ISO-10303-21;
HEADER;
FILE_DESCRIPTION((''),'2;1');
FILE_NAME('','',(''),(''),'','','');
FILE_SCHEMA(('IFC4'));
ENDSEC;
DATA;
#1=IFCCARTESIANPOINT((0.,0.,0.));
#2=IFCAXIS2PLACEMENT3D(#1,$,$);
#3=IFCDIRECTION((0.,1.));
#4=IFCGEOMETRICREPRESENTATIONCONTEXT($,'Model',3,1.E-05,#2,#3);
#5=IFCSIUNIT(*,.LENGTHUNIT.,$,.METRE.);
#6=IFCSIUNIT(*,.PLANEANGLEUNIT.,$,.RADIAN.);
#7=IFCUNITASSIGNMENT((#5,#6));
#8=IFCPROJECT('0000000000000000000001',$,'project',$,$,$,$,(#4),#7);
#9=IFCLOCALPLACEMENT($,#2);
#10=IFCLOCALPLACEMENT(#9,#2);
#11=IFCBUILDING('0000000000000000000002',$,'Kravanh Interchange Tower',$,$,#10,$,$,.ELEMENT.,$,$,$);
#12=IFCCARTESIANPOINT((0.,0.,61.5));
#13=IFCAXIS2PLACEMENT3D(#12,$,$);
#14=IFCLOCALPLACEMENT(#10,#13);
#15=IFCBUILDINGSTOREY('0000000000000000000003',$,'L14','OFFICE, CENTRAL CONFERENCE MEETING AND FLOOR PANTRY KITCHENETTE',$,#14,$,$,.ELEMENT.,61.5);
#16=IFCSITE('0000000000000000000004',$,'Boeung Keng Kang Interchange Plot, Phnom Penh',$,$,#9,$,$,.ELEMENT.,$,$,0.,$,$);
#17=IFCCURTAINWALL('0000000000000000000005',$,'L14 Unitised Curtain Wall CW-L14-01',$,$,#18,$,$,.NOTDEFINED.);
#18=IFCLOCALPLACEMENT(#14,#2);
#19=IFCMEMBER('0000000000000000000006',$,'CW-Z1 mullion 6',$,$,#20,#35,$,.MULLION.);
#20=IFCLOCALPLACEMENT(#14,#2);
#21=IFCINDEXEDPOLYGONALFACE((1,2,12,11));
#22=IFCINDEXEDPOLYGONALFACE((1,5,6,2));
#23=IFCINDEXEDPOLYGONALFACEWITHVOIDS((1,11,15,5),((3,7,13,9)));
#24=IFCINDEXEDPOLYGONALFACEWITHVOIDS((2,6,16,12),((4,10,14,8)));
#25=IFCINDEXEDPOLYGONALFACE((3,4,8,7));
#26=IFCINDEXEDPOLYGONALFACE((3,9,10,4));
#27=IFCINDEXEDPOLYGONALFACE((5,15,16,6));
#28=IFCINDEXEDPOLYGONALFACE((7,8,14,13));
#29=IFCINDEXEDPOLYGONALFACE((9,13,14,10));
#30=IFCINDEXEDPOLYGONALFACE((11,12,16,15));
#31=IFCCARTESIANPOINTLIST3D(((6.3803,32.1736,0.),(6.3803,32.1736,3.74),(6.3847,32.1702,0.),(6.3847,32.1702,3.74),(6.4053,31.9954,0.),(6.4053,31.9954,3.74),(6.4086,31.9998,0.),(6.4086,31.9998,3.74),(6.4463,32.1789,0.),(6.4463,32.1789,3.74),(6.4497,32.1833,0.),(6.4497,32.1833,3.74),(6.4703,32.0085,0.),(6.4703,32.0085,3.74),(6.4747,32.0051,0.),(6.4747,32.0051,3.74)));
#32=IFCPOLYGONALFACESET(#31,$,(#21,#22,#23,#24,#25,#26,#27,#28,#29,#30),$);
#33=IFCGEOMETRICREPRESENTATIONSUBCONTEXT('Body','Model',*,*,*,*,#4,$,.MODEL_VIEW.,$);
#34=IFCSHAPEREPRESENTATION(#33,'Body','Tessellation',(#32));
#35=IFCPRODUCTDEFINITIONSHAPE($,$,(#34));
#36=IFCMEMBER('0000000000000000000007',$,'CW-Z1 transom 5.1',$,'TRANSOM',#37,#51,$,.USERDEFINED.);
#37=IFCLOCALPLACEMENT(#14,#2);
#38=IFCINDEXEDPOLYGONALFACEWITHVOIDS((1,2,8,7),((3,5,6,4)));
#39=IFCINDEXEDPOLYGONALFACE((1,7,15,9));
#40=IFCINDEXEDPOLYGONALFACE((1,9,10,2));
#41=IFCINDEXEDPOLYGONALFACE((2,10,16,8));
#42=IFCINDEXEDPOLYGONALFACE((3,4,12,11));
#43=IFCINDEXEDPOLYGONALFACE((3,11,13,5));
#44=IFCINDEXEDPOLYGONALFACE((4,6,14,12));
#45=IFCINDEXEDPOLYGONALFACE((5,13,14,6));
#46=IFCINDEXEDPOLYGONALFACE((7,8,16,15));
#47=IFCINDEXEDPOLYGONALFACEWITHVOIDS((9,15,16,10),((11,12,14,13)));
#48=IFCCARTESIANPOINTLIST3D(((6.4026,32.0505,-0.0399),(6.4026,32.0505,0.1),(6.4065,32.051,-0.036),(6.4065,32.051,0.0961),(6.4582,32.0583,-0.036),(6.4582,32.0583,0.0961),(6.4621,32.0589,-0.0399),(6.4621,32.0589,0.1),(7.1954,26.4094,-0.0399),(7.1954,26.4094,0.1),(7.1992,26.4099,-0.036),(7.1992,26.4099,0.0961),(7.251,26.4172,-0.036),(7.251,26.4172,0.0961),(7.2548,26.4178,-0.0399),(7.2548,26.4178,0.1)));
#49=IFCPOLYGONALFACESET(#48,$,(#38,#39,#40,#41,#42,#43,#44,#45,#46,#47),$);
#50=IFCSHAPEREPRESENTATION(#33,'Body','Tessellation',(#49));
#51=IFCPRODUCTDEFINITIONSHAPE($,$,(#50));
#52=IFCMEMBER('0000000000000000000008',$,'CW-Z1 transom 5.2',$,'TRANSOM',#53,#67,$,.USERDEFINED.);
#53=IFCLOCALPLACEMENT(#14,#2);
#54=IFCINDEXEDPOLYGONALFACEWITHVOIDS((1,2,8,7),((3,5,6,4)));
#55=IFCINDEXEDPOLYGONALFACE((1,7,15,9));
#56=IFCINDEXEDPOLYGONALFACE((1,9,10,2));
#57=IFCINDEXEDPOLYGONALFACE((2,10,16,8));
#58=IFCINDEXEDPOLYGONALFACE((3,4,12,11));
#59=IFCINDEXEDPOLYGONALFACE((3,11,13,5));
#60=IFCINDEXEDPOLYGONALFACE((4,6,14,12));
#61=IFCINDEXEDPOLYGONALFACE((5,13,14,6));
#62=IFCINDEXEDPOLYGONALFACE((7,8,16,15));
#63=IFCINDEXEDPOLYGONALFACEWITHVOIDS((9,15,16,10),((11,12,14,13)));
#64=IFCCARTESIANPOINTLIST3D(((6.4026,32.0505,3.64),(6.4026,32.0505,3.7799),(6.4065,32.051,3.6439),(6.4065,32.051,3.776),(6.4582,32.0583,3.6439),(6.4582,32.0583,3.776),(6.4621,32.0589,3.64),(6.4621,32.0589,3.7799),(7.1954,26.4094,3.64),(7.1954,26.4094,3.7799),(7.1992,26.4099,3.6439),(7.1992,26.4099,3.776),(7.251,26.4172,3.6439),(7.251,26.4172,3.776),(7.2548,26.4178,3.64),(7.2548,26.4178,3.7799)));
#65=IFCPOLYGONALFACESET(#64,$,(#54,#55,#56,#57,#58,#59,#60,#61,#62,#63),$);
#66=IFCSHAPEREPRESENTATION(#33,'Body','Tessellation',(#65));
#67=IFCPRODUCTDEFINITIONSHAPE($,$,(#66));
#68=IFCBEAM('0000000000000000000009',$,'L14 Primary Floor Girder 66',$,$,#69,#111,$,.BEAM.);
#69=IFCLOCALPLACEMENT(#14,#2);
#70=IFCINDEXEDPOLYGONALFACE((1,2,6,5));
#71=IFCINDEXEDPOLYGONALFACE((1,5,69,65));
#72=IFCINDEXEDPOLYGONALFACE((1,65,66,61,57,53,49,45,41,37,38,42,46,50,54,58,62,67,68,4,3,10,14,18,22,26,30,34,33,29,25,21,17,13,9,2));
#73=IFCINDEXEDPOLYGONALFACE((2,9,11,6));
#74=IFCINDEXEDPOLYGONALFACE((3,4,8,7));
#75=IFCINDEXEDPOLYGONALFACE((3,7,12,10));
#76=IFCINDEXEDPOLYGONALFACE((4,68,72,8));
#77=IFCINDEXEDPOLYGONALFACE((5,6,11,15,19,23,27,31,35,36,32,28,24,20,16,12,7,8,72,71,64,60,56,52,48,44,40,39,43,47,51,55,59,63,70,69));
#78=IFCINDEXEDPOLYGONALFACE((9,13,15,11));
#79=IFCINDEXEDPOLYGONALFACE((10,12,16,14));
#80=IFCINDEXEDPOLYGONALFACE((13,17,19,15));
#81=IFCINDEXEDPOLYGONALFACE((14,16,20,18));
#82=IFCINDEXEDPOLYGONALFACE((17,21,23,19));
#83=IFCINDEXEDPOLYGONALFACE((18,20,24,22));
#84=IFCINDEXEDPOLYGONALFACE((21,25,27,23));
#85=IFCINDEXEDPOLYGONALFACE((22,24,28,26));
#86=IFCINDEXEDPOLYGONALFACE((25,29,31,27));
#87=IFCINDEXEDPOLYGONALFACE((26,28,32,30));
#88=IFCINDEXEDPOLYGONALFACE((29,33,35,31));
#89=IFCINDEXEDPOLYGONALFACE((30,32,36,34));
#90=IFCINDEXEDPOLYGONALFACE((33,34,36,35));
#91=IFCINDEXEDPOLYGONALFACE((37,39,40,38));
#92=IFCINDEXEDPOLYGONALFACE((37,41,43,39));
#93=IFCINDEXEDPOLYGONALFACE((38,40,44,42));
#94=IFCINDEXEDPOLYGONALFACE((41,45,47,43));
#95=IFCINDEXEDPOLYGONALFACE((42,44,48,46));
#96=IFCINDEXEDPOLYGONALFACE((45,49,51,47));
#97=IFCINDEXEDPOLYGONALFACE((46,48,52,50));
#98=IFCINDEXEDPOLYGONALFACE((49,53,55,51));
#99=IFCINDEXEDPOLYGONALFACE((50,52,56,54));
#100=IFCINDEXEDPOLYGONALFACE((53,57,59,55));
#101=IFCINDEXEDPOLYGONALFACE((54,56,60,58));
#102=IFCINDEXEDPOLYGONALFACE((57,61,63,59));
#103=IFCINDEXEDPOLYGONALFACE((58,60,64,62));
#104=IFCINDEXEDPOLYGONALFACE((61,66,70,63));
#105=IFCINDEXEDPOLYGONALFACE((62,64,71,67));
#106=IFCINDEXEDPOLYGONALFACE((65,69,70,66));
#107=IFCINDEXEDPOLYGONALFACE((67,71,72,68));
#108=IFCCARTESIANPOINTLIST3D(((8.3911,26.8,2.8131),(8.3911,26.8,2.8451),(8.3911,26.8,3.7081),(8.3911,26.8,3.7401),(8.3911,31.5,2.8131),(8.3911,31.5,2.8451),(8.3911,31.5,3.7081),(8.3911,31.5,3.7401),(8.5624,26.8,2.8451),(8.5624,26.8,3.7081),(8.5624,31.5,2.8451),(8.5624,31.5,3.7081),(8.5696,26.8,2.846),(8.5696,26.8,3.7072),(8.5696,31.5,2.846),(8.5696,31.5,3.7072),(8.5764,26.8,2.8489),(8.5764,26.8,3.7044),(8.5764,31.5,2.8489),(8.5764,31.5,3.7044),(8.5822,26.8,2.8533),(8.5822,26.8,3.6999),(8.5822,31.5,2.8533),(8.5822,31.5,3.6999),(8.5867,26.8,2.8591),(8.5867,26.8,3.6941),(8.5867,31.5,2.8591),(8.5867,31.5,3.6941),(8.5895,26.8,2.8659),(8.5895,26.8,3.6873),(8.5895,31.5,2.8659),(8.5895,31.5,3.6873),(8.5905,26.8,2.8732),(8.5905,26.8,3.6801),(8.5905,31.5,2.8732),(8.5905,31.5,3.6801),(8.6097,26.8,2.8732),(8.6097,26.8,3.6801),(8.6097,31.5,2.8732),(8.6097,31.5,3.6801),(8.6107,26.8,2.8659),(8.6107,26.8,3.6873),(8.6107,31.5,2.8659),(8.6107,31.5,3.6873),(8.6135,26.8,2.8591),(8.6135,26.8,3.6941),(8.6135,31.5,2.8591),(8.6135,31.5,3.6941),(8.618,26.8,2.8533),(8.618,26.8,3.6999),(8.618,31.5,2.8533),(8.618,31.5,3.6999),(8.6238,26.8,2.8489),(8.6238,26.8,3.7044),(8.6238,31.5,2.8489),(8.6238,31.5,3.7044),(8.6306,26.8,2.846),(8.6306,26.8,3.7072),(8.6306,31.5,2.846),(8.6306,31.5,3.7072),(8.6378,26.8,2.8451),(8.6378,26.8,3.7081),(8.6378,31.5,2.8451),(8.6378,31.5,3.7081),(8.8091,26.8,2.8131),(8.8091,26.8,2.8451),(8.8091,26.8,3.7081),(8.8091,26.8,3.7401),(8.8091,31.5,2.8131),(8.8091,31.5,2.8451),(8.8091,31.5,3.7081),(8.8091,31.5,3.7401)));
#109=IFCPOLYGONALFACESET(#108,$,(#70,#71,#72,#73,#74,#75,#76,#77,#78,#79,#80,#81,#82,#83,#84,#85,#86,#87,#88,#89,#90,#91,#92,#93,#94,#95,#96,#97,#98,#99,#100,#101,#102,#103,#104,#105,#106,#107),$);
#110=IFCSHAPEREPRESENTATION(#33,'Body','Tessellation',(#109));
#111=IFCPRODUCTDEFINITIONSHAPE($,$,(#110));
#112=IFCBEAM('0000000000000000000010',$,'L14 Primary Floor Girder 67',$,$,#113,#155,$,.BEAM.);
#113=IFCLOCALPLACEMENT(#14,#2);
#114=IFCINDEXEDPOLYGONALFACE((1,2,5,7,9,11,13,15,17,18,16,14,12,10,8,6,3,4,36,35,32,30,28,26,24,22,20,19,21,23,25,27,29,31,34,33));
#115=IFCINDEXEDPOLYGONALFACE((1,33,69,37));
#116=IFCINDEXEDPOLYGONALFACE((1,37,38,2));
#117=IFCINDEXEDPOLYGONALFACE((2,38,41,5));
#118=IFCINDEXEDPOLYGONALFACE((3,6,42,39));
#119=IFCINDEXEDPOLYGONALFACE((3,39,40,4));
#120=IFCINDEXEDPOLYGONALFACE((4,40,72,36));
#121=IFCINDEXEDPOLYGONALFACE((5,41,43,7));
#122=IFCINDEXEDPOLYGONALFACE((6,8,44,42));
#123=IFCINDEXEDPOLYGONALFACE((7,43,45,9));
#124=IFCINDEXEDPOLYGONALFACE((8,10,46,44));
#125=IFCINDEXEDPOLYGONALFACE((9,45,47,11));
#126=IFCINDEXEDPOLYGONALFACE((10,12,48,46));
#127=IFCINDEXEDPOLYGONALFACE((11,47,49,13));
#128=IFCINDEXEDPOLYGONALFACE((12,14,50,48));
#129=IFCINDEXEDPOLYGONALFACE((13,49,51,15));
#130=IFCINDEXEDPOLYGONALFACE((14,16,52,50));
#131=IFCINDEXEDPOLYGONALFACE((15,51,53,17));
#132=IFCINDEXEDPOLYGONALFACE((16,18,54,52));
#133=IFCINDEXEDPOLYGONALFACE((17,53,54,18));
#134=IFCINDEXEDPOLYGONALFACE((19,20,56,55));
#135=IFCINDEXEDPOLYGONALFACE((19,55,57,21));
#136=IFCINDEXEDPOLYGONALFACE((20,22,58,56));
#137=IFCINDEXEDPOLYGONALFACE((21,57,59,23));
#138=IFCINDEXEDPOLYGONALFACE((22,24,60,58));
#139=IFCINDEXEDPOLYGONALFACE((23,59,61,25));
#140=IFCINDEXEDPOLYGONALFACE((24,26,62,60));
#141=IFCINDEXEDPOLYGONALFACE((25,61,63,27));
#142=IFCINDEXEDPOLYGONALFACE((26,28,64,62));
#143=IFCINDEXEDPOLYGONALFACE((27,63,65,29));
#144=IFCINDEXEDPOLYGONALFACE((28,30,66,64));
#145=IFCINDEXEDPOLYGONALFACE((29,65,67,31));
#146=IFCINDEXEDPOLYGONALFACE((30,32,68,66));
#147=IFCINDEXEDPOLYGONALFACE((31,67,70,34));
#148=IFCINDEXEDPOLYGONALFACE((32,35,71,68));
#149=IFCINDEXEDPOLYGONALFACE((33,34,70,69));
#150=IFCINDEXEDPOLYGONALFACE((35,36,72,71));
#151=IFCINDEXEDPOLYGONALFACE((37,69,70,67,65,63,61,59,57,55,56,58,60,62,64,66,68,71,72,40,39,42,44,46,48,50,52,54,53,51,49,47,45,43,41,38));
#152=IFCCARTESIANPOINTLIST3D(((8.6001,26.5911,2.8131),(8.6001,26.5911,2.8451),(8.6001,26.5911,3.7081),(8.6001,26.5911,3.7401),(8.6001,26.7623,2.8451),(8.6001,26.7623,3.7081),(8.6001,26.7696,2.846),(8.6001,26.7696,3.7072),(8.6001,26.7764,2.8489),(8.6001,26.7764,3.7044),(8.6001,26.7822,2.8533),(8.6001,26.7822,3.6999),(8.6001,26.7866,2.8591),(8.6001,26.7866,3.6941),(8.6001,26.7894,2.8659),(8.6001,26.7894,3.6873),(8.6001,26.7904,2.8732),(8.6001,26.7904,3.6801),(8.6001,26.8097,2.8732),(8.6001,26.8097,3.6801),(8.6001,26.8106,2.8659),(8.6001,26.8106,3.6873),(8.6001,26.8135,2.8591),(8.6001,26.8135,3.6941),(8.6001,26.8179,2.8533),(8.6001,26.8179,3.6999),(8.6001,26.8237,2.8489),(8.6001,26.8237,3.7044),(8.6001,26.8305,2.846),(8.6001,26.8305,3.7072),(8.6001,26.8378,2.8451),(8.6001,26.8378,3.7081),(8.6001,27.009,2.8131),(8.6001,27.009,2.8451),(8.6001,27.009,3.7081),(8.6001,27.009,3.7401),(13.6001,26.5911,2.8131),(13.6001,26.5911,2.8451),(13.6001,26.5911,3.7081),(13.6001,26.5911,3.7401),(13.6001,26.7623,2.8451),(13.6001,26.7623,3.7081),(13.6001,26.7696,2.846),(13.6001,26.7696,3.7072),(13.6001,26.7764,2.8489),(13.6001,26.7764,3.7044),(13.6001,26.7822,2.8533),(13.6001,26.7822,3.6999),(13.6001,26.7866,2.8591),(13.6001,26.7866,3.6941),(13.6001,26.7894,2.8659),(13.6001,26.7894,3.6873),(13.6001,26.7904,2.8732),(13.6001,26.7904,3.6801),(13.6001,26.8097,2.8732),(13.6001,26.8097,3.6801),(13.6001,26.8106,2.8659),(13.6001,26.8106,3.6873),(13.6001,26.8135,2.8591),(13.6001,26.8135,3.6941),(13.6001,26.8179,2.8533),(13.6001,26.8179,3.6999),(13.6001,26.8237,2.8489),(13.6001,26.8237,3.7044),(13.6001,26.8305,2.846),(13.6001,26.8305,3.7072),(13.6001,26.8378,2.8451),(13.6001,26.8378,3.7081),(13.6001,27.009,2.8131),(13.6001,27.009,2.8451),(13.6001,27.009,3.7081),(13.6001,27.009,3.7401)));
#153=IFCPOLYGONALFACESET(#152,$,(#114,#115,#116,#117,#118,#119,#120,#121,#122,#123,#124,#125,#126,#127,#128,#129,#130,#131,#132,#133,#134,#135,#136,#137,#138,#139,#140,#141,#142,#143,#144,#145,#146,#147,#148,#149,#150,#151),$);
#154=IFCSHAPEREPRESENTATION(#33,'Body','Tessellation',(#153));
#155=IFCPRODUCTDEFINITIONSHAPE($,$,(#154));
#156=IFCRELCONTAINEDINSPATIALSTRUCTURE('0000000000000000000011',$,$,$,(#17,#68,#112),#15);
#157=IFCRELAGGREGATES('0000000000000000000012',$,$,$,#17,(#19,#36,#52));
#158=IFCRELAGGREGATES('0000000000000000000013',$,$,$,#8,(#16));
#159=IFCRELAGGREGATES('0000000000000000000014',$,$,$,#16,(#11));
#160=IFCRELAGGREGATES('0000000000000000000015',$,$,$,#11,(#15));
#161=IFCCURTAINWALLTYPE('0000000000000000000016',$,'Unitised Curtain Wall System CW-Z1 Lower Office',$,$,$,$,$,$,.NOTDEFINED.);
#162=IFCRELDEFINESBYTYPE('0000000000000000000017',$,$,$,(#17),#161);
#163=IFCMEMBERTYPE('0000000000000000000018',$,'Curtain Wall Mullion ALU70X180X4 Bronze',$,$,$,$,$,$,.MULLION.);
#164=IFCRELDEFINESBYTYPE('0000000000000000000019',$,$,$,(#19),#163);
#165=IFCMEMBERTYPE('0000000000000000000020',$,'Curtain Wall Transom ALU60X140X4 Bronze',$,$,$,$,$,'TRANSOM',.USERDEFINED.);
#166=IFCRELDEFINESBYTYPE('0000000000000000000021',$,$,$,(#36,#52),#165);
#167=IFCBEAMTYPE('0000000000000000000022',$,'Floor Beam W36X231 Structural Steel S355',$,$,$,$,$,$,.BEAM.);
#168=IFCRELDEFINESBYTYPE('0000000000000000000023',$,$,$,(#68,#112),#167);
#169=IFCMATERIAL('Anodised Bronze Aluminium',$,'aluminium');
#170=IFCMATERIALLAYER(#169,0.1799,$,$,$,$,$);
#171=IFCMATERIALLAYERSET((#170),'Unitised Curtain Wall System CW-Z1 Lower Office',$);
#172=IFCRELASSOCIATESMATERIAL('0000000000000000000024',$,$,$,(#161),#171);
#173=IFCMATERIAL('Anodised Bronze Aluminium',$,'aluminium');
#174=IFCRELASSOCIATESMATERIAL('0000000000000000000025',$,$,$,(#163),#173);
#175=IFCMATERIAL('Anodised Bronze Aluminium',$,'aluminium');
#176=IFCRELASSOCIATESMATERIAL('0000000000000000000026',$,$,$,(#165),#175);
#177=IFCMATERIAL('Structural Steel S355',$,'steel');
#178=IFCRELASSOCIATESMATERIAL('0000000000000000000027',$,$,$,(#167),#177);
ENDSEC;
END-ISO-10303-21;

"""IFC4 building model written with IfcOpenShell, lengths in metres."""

from ifc_helpers import new_model, si_unit, direction, frame, origin, origin_2d, place, context, subcontext, project, spatial, hollow_rectangle, i_section, extrude, material, layer, layer_set, material_profile, profile_set, type_object, element, aggregate, save


model = new_model("IFC4")

# Units and contexts
model_context = context("Model", 3, precision=1e-05, world=origin(), true_north=direction((0.0, 1.0)))
body_context = subcontext(model_context, "Body", "Model", "MODEL_VIEW")
ifc_project = project(units=[si_unit("LENGTHUNIT", "METRE"), si_unit("PLANEANGLEUNIT", "RADIAN")], contexts=[model_context])

# Site, building, storey
site_placement = place(None, origin())
site = spatial("IfcSite", under=ifc_project, at=site_placement, Name="Boeung Keng Kang Interchange Plot, Phnom Penh", CompositionType="ELEMENT", RefElevation=0.0)
building_placement = place(site_placement, origin())
building = spatial("IfcBuilding", under=site, at=building_placement, Name="Kravanh Interchange Tower", CompositionType="ELEMENT")
storey_placement = place(building_placement, frame((0.0, 0.0, 61.5)))
storey = spatial("IfcBuildingStorey", under=building, at=storey_placement, Name="L14", Description="OFFICE, CENTRAL CONFERENCE MEETING AND FLOOR PANTRY KITCHENETTE", CompositionType="ELEMENT", Elevation=61.5)

# Curtain wall, members
ifc_material_1 = material(Name="Anodised Bronze Aluminium", Category="aluminium")
ifc_layer_1 = layer(ifc_material_1, 0.1799)
ifc_layer_set_1 = layer_set([ifc_layer_1], Name="Unitised Curtain Wall System CW-Z1 Lower Office")
curtain_wall_type = type_object("IfcCurtainWallType", Name="Unitised Curtain Wall System CW-Z1 Lower Office", PredefinedType="NOTDEFINED", material=ifc_layer_set_1)
curtain_wall_placement = place(storey_placement, origin())
curtain_wall = element("IfcCurtainWall", 1, at=curtain_wall_placement, inside=storey, type_object=curtain_wall_type, Name="L14 Unitised Curtain Wall CW-L14-01", PredefinedType="NOTDEFINED")
ifc_material_2 = material(Name="Anodised Bronze Aluminium", Category="aluminium")
ifc_material_profile_1 = material_profile(ifc_material_2, hollow_rectangle(XDim=0.0701, YDim=0.1799, WallThickness=0.0039, at=origin_2d()), Name="ALU70X180X4")
ifc_profile_set_1 = profile_set([ifc_material_profile_1], Name="Anodised Bronze Aluminium")
member_type_1 = type_object("IfcMemberType", Name="Curtain Wall Mullion ALU70X180X4 Bronze", PredefinedType="MULLION", material=ifc_profile_set_1)
member_1_placement = place(storey_placement, frame((6.4275, 32.0894, 0.0), z_axis=(0.0, 0.0, 1.0), x_axis=(-0.990268, -0.139177, 0.0)))
member_1 = element("IfcMember", 2, at=member_1_placement, type_object=member_type_1, Name="CW-Z1 mullion 6", PredefinedType="MULLION", context=body_context, shape_type="SweptSolid", body=[
    extrude(hollow_rectangle(XDim=0.0701, YDim=0.1799, WallThickness=0.0039, at=origin_2d()), origin(), (0.0, 0.0, 1.0), 3.74),
])
ifc_material_3 = material(Name="Anodised Bronze Aluminium", Category="aluminium")
ifc_material_profile_2 = material_profile(ifc_material_3, hollow_rectangle(XDim=0.0601, YDim=0.1399, WallThickness=0.0039, at=origin_2d()), Name="ALU60X140X4")
ifc_profile_set_2 = profile_set([ifc_material_profile_2], Name="Anodised Bronze Aluminium")
member_type_2 = type_object("IfcMemberType", Name="Curtain Wall Transom ALU60X140X4 Bronze", ElementType="TRANSOM", PredefinedType="USERDEFINED", material=ifc_profile_set_2)
member_2_placement = place(storey_placement, frame((7.2251, 26.4136, 0.03), z_axis=(-0.139159, 0.99027, 0.0), x_axis=(-0.99027, -0.139159, 0.0)))
member_2 = element("IfcMember", 3, at=member_2_placement, type_object=member_type_2, Name="CW-Z1 transom 5.1", ObjectType="TRANSOM", PredefinedType="USERDEFINED", context=body_context, shape_type="SweptSolid", body=[
    extrude(hollow_rectangle(XDim=0.0601, YDim=0.1399, WallThickness=0.0039, at=origin_2d()), origin(), (0.0, 0.0, 1.0), 5.6965),
])
member_3_placement = place(storey_placement, frame((7.2251, 26.4136, 3.71), z_axis=(-0.139159, 0.99027, 0.0), x_axis=(-0.99027, -0.139159, 0.0)))
member_3 = element("IfcMember", 4, at=member_3_placement, type_object=member_type_2, Name="CW-Z1 transom 5.2", ObjectType="TRANSOM", PredefinedType="USERDEFINED", context=body_context, shape_type="SweptSolid", body=[
    extrude(hollow_rectangle(XDim=0.0601, YDim=0.1399, WallThickness=0.0039, at=origin_2d()), origin(), (0.0, 0.0, 1.0), 5.6965),
])

# Beams
ifc_material_4 = material(Name="Structural Steel S355", Category="steel")
ifc_material_profile_3 = material_profile(ifc_material_4, i_section(OverallWidth=0.418, OverallDepth=0.927, WebThickness=0.0193, FlangeThickness=0.032, FilletRadius=0.0281, at=origin_2d()), Name="W36X231")
ifc_profile_set_3 = profile_set([ifc_material_profile_3], Name="Structural Steel S355")
beam_type_1 = type_object("IfcBeamType", Name="Floor Beam W36X231 Structural Steel S355", PredefinedType="BEAM", material=ifc_profile_set_3)
beam_1_placement = place(storey_placement, frame((8.6001, 26.8, 3.2766), z_axis=(0.0, 1.0, 0.0), x_axis=(-1.0, 0.0, 0.0)))
element("IfcBeam", 5, at=beam_1_placement, inside=storey, type_object=beam_type_1, Name="L14 Primary Floor Girder 66", PredefinedType="BEAM", context=body_context, shape_type="SweptSolid", body=[
    extrude(i_section(OverallWidth=0.418, OverallDepth=0.927, WebThickness=0.0193, FlangeThickness=0.032, FilletRadius=0.0281, at=origin_2d()), origin(), (0.0, 0.0, 1.0), 4.7),
])
beam_2_placement = place(storey_placement, frame((8.6001, 26.8, 3.2766), z_axis=(1.0, 0.0, 0.0), x_axis=(0.0, 1.0, 0.0)))
element("IfcBeam", 6, at=beam_2_placement, inside=storey, type_object=beam_type_1, Name="L14 Primary Floor Girder 67", PredefinedType="BEAM", context=body_context, shape_type="SweptSolid", body=[
    extrude(i_section(OverallWidth=0.418, OverallDepth=0.927, WebThickness=0.0193, FlangeThickness=0.032, FilletRadius=0.0281, at=origin_2d()), origin(), (0.0, 0.0, 1.0), 5.0),
])

aggregate(curtain_wall, [member_1, member_2, member_3])

save(model, "model.ifc")
